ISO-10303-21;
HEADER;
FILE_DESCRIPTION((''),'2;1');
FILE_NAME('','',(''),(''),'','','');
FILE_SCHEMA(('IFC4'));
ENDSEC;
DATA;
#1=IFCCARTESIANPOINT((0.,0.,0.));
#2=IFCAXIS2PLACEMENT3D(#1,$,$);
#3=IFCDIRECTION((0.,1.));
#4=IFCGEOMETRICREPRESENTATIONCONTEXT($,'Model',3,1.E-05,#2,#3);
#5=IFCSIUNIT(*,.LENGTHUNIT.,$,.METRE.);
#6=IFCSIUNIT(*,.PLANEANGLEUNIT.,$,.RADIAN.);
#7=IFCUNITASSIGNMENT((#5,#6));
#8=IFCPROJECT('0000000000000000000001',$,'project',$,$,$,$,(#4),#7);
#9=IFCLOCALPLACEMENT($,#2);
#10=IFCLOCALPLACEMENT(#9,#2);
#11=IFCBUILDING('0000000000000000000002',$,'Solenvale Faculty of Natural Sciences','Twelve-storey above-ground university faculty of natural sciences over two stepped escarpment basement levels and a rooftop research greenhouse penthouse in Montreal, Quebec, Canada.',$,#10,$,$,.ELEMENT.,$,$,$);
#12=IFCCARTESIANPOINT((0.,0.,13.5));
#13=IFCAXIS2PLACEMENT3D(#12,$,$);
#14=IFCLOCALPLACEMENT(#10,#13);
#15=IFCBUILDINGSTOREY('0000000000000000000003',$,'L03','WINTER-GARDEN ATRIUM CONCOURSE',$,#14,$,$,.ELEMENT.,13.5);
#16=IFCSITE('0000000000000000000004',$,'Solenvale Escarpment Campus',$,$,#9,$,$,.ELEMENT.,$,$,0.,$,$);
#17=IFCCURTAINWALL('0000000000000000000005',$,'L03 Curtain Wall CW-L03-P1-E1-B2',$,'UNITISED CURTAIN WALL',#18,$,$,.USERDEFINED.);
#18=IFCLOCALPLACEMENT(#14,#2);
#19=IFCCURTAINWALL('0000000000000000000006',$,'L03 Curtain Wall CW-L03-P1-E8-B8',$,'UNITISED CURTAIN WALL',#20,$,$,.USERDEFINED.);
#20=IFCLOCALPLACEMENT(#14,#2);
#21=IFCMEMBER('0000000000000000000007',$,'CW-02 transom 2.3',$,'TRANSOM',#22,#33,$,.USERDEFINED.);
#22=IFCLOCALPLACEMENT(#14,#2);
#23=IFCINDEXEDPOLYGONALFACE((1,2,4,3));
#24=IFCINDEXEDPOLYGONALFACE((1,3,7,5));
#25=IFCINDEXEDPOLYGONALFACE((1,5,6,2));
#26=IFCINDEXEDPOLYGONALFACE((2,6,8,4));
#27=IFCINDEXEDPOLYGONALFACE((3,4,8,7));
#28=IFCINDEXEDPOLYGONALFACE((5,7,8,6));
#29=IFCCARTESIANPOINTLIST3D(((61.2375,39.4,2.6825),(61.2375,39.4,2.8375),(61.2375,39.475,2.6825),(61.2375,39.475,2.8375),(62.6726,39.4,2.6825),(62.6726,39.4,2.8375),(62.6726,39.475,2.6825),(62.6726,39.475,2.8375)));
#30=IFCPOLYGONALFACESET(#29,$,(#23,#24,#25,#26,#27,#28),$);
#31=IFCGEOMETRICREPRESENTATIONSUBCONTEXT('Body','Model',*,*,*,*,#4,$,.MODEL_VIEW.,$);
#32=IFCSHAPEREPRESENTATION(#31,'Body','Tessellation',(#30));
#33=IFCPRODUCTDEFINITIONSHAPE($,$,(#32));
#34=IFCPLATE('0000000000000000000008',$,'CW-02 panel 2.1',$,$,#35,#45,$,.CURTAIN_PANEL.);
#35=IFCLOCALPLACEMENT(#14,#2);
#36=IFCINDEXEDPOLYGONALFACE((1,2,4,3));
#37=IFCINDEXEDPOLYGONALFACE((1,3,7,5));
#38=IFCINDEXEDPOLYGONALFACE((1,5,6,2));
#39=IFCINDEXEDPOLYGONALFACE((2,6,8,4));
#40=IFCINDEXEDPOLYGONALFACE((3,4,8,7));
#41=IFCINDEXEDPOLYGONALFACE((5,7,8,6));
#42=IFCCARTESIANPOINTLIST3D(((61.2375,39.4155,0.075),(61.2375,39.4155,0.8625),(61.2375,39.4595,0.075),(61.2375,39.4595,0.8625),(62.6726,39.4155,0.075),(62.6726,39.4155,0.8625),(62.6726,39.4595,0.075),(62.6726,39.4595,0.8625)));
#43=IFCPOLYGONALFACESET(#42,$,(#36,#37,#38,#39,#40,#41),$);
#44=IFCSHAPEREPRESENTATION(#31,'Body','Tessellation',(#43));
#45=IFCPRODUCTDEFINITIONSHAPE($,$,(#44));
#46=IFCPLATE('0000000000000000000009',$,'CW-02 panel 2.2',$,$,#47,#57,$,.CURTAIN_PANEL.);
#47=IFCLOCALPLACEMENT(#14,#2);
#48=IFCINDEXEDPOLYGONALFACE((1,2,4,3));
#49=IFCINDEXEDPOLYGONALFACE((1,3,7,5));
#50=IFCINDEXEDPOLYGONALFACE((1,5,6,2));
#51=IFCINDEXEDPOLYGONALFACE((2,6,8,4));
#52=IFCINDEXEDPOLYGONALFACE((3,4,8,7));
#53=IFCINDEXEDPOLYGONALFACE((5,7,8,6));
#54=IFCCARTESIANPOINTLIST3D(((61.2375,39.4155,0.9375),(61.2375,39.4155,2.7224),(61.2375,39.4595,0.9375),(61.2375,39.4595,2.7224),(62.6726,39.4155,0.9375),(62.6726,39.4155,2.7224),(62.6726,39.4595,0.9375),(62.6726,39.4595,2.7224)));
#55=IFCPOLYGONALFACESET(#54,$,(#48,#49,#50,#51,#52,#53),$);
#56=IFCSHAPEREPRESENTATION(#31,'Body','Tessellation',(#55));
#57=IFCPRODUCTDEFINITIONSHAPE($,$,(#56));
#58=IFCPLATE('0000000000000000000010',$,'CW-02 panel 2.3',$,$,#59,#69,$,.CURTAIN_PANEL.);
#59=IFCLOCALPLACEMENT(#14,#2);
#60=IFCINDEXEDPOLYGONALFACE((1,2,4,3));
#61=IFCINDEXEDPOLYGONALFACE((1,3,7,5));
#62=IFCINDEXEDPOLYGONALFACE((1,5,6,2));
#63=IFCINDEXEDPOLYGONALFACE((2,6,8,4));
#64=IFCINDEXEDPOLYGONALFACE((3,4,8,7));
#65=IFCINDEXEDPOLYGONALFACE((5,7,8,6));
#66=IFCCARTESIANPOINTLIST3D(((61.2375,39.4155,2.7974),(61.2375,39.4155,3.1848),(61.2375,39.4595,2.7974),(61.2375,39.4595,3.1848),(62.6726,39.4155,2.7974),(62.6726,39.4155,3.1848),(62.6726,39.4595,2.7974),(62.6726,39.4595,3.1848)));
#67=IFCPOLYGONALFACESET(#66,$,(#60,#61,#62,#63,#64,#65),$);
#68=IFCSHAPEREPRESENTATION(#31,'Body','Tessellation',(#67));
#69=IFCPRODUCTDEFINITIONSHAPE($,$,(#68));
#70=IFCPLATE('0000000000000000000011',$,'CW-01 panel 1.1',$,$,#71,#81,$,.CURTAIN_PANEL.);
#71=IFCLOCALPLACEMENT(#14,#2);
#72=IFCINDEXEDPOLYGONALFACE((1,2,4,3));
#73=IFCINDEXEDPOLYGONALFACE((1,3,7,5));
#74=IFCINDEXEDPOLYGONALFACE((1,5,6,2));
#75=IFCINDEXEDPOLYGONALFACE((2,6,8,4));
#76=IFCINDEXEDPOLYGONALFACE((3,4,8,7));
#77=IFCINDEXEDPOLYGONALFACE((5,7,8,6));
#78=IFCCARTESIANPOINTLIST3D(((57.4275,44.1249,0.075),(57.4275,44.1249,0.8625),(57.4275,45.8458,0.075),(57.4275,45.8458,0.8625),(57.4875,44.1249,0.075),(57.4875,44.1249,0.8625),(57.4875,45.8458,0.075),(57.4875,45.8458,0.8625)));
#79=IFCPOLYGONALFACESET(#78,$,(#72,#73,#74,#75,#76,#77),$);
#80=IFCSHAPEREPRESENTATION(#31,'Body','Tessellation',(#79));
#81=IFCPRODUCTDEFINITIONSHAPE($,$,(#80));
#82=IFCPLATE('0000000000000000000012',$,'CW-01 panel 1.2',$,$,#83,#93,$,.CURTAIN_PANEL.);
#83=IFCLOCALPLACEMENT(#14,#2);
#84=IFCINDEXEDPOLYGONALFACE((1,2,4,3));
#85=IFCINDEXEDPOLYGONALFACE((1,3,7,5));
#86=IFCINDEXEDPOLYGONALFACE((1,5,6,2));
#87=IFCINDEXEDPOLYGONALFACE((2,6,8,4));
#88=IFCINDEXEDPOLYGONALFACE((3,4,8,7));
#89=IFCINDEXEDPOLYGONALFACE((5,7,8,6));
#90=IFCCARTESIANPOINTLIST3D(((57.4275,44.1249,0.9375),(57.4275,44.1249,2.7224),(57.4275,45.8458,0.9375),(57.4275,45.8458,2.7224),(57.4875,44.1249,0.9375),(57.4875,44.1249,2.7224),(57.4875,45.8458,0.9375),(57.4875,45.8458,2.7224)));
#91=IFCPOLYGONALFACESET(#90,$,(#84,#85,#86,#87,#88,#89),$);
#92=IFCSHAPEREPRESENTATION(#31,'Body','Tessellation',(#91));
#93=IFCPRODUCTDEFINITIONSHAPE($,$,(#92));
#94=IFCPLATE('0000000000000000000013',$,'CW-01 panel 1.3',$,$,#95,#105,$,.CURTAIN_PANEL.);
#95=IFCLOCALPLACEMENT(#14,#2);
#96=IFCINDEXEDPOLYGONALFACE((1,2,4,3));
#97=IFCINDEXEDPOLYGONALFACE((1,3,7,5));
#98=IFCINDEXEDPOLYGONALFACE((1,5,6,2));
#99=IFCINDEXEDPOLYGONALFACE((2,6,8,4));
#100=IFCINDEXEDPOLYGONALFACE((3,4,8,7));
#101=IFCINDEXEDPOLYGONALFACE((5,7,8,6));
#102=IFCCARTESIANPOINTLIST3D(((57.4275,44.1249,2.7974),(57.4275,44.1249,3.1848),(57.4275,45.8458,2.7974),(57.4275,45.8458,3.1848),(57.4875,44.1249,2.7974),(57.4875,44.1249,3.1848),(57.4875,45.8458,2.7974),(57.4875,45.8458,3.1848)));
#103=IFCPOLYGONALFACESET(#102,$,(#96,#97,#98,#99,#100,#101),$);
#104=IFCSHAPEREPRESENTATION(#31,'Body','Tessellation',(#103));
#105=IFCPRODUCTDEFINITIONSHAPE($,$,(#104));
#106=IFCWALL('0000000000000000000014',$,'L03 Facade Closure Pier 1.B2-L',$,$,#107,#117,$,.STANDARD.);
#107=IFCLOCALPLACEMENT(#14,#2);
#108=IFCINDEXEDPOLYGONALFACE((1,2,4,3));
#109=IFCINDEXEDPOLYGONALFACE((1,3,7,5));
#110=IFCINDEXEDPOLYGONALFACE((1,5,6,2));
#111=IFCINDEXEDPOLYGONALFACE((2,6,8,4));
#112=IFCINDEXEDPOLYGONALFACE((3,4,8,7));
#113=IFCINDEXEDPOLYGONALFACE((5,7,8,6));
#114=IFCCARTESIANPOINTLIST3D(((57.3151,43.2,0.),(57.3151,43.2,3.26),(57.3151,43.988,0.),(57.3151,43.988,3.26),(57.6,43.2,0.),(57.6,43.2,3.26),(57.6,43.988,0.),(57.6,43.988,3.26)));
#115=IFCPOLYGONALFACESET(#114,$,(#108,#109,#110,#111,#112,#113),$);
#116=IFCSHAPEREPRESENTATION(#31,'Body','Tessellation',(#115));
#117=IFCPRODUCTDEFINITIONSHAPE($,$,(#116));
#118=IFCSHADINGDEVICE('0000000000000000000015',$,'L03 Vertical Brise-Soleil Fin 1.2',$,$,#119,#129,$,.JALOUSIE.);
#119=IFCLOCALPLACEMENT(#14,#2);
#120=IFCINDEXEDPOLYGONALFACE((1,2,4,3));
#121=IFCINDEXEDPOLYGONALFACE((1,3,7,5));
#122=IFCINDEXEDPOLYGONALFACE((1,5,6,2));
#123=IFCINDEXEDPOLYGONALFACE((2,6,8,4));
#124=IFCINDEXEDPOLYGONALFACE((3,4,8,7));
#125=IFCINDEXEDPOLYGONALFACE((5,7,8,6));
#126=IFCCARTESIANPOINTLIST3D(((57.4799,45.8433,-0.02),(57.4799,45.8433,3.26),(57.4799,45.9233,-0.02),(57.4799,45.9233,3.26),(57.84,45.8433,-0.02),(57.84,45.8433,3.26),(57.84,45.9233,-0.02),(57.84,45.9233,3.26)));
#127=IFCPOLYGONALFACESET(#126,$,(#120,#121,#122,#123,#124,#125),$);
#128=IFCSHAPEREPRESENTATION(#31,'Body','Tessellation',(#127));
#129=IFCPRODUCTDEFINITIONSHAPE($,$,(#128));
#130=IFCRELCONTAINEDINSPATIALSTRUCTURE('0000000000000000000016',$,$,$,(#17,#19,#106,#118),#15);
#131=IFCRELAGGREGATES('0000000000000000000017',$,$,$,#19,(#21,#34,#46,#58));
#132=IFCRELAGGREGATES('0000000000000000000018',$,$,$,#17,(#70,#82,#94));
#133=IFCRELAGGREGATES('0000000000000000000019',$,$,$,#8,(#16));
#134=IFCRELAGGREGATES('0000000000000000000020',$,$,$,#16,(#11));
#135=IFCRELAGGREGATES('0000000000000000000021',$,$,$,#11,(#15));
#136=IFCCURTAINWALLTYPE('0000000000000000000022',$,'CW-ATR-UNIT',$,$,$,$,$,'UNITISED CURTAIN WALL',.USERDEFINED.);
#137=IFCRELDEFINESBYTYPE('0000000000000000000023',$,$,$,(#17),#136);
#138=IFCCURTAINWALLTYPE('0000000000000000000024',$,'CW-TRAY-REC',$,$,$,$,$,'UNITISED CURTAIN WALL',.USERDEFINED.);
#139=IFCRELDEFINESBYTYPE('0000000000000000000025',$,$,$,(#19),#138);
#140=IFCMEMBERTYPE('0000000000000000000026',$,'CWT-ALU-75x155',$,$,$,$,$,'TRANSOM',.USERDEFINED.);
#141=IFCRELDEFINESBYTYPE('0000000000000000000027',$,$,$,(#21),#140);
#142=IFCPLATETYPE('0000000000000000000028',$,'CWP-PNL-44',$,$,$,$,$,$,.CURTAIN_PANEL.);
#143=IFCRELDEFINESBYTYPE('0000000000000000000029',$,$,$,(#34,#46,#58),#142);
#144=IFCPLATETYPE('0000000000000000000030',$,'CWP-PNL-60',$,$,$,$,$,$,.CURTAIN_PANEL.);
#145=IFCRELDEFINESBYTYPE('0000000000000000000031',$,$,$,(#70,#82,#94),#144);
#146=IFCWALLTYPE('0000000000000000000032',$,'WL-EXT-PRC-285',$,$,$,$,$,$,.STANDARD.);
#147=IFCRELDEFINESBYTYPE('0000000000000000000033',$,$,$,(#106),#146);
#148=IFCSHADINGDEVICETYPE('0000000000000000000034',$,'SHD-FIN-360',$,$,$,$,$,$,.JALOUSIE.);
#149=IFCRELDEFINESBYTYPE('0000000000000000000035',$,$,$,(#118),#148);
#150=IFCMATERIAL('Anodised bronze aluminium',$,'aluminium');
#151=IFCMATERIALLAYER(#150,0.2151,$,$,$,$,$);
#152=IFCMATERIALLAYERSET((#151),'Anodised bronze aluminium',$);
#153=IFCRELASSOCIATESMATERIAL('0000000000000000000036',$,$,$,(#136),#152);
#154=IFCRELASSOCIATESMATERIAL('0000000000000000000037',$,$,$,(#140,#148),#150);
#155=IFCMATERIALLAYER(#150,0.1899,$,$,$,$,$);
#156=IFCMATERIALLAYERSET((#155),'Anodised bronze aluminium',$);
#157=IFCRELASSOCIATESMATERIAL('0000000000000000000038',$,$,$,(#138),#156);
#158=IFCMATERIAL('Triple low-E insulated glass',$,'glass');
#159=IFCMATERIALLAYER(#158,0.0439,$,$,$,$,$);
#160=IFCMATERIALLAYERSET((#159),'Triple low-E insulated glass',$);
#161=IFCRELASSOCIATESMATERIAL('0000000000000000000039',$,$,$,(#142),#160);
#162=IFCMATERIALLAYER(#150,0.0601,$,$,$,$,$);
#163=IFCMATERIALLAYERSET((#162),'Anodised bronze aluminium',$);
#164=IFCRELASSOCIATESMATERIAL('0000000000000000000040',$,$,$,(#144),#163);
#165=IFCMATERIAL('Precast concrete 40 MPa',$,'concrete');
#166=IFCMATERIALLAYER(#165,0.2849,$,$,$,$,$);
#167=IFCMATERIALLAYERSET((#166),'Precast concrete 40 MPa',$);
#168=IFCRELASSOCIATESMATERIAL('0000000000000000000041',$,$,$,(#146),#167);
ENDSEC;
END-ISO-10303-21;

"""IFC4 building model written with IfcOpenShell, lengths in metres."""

from ifc_helpers import new_model, si_unit, direction, frame, frame_2d, origin, origin_2d, place, context, subcontext, project, spatial, rectangle, extrude, material, layer, layer_set, material_profile, profile_set, type_object, element, aggregate, save


model = new_model("IFC4")

# Units and contexts
model_context = context("Model", 3, precision=1e-05, world=origin(), true_north=direction((0.0, 1.0)))
body_context = subcontext(model_context, "Body", "Model", "MODEL_VIEW")
ifc_project = project(units=[si_unit("LENGTHUNIT", "METRE"), si_unit("PLANEANGLEUNIT", "RADIAN")], contexts=[model_context])

# Site, building, storey
site_placement = place(None, origin())
site = spatial("IfcSite", under=ifc_project, at=site_placement, Name="Solenvale Escarpment Campus", CompositionType="ELEMENT", RefElevation=0.0)
building_placement = place(site_placement, origin())
building = spatial("IfcBuilding", under=site, at=building_placement, Name="Solenvale Faculty of Natural Sciences", Description="Twelve-storey above-ground university faculty of natural sciences over two stepped escarpment basement levels and a rooftop research greenhouse penthouse in Montreal, Quebec, Canada.", CompositionType="ELEMENT")
storey_placement = place(building_placement, frame((0.0, 0.0, 13.5)))
storey = spatial("IfcBuildingStorey", under=building, at=storey_placement, Name="L03", Description="WINTER-GARDEN ATRIUM CONCOURSE", CompositionType="ELEMENT", Elevation=13.5)

# Curtain wall
ifc_material_1 = material(Name="Anodised bronze aluminium", Category="aluminium")
ifc_layer_1 = layer(ifc_material_1, 0.2151)
ifc_layer_set_1 = layer_set([ifc_layer_1], Name="Anodised bronze aluminium")
curtain_wall_type_1 = type_object("IfcCurtainWallType", Name="CW-ATR-UNIT", ElementType="UNITISED CURTAIN WALL", PredefinedType="USERDEFINED", material=ifc_layer_set_1)
curtain_wall_1_placement = place(storey_placement, origin())
curtain_wall_1 = element("IfcCurtainWall", 1, at=curtain_wall_1_placement, inside=storey, type_object=curtain_wall_type_1, Name="L03 Curtain Wall CW-L03-P1-E1-B2", ObjectType="UNITISED CURTAIN WALL", PredefinedType="USERDEFINED")
ifc_material_profile_1 = material_profile(ifc_material_1, rectangle(XDim=0.075, YDim=0.155, at=origin_2d()), Name="ALU-TRN-75x155")
ifc_profile_set_1 = profile_set([ifc_material_profile_1], Name="Anodised bronze aluminium")
member_type_1 = type_object("IfcMemberType", Name="CWT-ALU-75x155", ElementType="TRANSOM", PredefinedType="USERDEFINED", material=ifc_profile_set_1)

# Curtain wall, member, plates
ifc_layer_2 = layer(ifc_material_1, 0.1899)
ifc_layer_set_2 = layer_set([ifc_layer_2], Name="Anodised bronze aluminium")
curtain_wall_type_2 = type_object("IfcCurtainWallType", Name="CW-TRAY-REC", ElementType="UNITISED CURTAIN WALL", PredefinedType="USERDEFINED", material=ifc_layer_set_2)
curtain_wall_2_placement = place(storey_placement, origin())
curtain_wall_2 = element("IfcCurtainWall", 2, at=curtain_wall_2_placement, inside=storey, type_object=curtain_wall_type_2, Name="L03 Curtain Wall CW-L03-P1-E8-B8", ObjectType="UNITISED CURTAIN WALL", PredefinedType="USERDEFINED")
member_1_placement = place(storey_placement, frame((62.6726, 39.4375, 2.76), z_axis=(-1.0, 0.0, 0.0), x_axis=(0.0, -1.0, 0.0)))
member_1 = element("IfcMember", 3, at=member_1_placement, type_object=member_type_1, Name="CW-02 transom 2.3", ObjectType="TRANSOM", PredefinedType="USERDEFINED", context=body_context, shape_type="SweptSolid", body=[
    extrude(rectangle(XDim=0.075, YDim=0.155, at=origin_2d()), origin(), (0.0, 0.0, 1.0), 1.4351),
])
ifc_material_2 = material(Name="Triple low-E insulated glass", Category="glass")
ifc_layer_3 = layer(ifc_material_2, 0.0439)
ifc_layer_set_3 = layer_set([ifc_layer_3], Name="Triple low-E insulated glass")
plate_type_1 = type_object("IfcPlateType", Name="CWP-PNL-44", PredefinedType="CURTAIN_PANEL", material=ifc_layer_set_3)
plate_1_placement = place(storey_placement, frame((61.9551, 39.4375, 0.075), z_axis=(0.0, 0.0, 1.0), x_axis=(-1.0, 0.0, 0.0)))
plate_1 = element("IfcPlate", 4, at=plate_1_placement, type_object=plate_type_1, Name="CW-02 panel 2.1", PredefinedType="CURTAIN_PANEL", context=body_context, shape_type="SweptSolid", body=[
    extrude(rectangle(XDim=1.4351, YDim=0.0439, at=origin_2d()), origin(), (0.0, 0.0, 1.0), 0.7876),
])
plate_2_placement = place(storey_placement, frame((61.9551, 39.4375, 0.9375), z_axis=(0.0, 0.0, 1.0), x_axis=(-1.0, 0.0, 0.0)))
plate_2 = element("IfcPlate", 5, at=plate_2_placement, type_object=plate_type_1, Name="CW-02 panel 2.2", PredefinedType="CURTAIN_PANEL", context=body_context, shape_type="SweptSolid", body=[
    extrude(rectangle(XDim=1.4351, YDim=0.0439, at=origin_2d()), origin(), (0.0, 0.0, 1.0), 1.7849),
])
plate_3_placement = place(storey_placement, frame((61.9551, 39.4375, 2.7974), z_axis=(0.0, 0.0, 1.0), x_axis=(-1.0, 0.0, 0.0)))
plate_3 = element("IfcPlate", 6, at=plate_3_placement, type_object=plate_type_1, Name="CW-02 panel 2.3", PredefinedType="CURTAIN_PANEL", context=body_context, shape_type="SweptSolid", body=[
    extrude(rectangle(XDim=1.4351, YDim=0.0439, at=origin_2d()), origin(), (0.0, 0.0, 1.0), 0.3875),
])
aggregate(curtain_wall_2, [member_1, plate_1, plate_2, plate_3])

# Plates
ifc_layer_4 = layer(ifc_material_1, 0.0601)
ifc_layer_set_4 = layer_set([ifc_layer_4], Name="Anodised bronze aluminium")
plate_type_2 = type_object("IfcPlateType", Name="CWP-PNL-60", PredefinedType="CURTAIN_PANEL", material=ifc_layer_set_4)
plate_4_placement = place(storey_placement, frame((57.4575, 44.9854, 0.075), z_axis=(0.0, 0.0, 1.0), x_axis=(0.0, 1.0, 0.0)))
plate_4 = element("IfcPlate", 7, at=plate_4_placement, type_object=plate_type_2, Name="CW-01 panel 1.1", PredefinedType="CURTAIN_PANEL", context=body_context, shape_type="SweptSolid", body=[
    extrude(rectangle(XDim=1.7209, YDim=0.0601, at=origin_2d()), origin(), (0.0, 0.0, 1.0), 0.7876),
])
plate_5_placement = place(storey_placement, frame((57.4575, 44.9854, 0.9375), z_axis=(0.0, 0.0, 1.0), x_axis=(0.0, 1.0, 0.0)))
plate_5 = element("IfcPlate", 8, at=plate_5_placement, type_object=plate_type_2, Name="CW-01 panel 1.2", PredefinedType="CURTAIN_PANEL", context=body_context, shape_type="SweptSolid", body=[
    extrude(rectangle(XDim=1.7209, YDim=0.0601, at=origin_2d()), origin(), (0.0, 0.0, 1.0), 1.7849),
])
plate_6_placement = place(storey_placement, frame((57.4575, 44.9854, 2.7974), z_axis=(0.0, 0.0, 1.0), x_axis=(0.0, 1.0, 0.0)))
plate_6 = element("IfcPlate", 9, at=plate_6_placement, type_object=plate_type_2, Name="CW-01 panel 1.3", PredefinedType="CURTAIN_PANEL", context=body_context, shape_type="SweptSolid", body=[
    extrude(rectangle(XDim=1.7209, YDim=0.0601, at=origin_2d()), origin(), (0.0, 0.0, 1.0), 0.3875),
])
aggregate(curtain_wall_1, [plate_4, plate_5, plate_6])

# Wall
ifc_material_3 = material(Name="Precast concrete 40 MPa", Category="concrete")
ifc_layer_5 = layer(ifc_material_3, 0.2849)
ifc_layer_set_5 = layer_set([ifc_layer_5], Name="Precast concrete 40 MPa")
wall_type_1 = type_object("IfcWallType", Name="WL-EXT-PRC-285", PredefinedType="STANDARD", material=ifc_layer_set_5)
wall_1_placement = place(storey_placement, frame((57.4575, 43.2, 0.0), z_axis=(0.0, 0.0, 1.0), x_axis=(0.0, 1.0, 0.0)))
element("IfcWall", 10, at=wall_1_placement, inside=storey, type_object=wall_type_1, Name="L03 Facade Closure Pier 1.B2-L", PredefinedType="STANDARD", context=body_context, shape_type="SweptSolid", body=[
    extrude(rectangle(XDim=0.7881, YDim=0.2849, at=frame_2d((0.394, 0.0))), origin(), (0.0, 0.0, 1.0), 3.26),
])

# Shading device
ifc_material_profile_2 = material_profile(ifc_material_1, rectangle(XDim=0.0801, YDim=0.3601, at=origin_2d()), Name="ALU-FIN-80x360")
ifc_profile_set_2 = profile_set([ifc_material_profile_2], Name="Anodised bronze aluminium")
shading_device_type = type_object("IfcShadingDeviceType", Name="SHD-FIN-360", PredefinedType="JALOUSIE", material=ifc_profile_set_2)
shading_device_placement = place(storey_placement, frame((57.6599, 45.8833, -0.02), z_axis=(0.0, 0.0, 1.0), x_axis=(0.0, 1.0, 0.0)))
element("IfcShadingDevice", 11, at=shading_device_placement, inside=storey, type_object=shading_device_type, Name="L03 Vertical Brise-Soleil Fin 1.2", PredefinedType="JALOUSIE", context=body_context, shape_type="SweptSolid", body=[
    extrude(rectangle(XDim=0.0801, YDim=0.3601, at=origin_2d()), origin(), (0.0, 0.0, 1.0), 3.28),
])

save(model, "model.ifc")
